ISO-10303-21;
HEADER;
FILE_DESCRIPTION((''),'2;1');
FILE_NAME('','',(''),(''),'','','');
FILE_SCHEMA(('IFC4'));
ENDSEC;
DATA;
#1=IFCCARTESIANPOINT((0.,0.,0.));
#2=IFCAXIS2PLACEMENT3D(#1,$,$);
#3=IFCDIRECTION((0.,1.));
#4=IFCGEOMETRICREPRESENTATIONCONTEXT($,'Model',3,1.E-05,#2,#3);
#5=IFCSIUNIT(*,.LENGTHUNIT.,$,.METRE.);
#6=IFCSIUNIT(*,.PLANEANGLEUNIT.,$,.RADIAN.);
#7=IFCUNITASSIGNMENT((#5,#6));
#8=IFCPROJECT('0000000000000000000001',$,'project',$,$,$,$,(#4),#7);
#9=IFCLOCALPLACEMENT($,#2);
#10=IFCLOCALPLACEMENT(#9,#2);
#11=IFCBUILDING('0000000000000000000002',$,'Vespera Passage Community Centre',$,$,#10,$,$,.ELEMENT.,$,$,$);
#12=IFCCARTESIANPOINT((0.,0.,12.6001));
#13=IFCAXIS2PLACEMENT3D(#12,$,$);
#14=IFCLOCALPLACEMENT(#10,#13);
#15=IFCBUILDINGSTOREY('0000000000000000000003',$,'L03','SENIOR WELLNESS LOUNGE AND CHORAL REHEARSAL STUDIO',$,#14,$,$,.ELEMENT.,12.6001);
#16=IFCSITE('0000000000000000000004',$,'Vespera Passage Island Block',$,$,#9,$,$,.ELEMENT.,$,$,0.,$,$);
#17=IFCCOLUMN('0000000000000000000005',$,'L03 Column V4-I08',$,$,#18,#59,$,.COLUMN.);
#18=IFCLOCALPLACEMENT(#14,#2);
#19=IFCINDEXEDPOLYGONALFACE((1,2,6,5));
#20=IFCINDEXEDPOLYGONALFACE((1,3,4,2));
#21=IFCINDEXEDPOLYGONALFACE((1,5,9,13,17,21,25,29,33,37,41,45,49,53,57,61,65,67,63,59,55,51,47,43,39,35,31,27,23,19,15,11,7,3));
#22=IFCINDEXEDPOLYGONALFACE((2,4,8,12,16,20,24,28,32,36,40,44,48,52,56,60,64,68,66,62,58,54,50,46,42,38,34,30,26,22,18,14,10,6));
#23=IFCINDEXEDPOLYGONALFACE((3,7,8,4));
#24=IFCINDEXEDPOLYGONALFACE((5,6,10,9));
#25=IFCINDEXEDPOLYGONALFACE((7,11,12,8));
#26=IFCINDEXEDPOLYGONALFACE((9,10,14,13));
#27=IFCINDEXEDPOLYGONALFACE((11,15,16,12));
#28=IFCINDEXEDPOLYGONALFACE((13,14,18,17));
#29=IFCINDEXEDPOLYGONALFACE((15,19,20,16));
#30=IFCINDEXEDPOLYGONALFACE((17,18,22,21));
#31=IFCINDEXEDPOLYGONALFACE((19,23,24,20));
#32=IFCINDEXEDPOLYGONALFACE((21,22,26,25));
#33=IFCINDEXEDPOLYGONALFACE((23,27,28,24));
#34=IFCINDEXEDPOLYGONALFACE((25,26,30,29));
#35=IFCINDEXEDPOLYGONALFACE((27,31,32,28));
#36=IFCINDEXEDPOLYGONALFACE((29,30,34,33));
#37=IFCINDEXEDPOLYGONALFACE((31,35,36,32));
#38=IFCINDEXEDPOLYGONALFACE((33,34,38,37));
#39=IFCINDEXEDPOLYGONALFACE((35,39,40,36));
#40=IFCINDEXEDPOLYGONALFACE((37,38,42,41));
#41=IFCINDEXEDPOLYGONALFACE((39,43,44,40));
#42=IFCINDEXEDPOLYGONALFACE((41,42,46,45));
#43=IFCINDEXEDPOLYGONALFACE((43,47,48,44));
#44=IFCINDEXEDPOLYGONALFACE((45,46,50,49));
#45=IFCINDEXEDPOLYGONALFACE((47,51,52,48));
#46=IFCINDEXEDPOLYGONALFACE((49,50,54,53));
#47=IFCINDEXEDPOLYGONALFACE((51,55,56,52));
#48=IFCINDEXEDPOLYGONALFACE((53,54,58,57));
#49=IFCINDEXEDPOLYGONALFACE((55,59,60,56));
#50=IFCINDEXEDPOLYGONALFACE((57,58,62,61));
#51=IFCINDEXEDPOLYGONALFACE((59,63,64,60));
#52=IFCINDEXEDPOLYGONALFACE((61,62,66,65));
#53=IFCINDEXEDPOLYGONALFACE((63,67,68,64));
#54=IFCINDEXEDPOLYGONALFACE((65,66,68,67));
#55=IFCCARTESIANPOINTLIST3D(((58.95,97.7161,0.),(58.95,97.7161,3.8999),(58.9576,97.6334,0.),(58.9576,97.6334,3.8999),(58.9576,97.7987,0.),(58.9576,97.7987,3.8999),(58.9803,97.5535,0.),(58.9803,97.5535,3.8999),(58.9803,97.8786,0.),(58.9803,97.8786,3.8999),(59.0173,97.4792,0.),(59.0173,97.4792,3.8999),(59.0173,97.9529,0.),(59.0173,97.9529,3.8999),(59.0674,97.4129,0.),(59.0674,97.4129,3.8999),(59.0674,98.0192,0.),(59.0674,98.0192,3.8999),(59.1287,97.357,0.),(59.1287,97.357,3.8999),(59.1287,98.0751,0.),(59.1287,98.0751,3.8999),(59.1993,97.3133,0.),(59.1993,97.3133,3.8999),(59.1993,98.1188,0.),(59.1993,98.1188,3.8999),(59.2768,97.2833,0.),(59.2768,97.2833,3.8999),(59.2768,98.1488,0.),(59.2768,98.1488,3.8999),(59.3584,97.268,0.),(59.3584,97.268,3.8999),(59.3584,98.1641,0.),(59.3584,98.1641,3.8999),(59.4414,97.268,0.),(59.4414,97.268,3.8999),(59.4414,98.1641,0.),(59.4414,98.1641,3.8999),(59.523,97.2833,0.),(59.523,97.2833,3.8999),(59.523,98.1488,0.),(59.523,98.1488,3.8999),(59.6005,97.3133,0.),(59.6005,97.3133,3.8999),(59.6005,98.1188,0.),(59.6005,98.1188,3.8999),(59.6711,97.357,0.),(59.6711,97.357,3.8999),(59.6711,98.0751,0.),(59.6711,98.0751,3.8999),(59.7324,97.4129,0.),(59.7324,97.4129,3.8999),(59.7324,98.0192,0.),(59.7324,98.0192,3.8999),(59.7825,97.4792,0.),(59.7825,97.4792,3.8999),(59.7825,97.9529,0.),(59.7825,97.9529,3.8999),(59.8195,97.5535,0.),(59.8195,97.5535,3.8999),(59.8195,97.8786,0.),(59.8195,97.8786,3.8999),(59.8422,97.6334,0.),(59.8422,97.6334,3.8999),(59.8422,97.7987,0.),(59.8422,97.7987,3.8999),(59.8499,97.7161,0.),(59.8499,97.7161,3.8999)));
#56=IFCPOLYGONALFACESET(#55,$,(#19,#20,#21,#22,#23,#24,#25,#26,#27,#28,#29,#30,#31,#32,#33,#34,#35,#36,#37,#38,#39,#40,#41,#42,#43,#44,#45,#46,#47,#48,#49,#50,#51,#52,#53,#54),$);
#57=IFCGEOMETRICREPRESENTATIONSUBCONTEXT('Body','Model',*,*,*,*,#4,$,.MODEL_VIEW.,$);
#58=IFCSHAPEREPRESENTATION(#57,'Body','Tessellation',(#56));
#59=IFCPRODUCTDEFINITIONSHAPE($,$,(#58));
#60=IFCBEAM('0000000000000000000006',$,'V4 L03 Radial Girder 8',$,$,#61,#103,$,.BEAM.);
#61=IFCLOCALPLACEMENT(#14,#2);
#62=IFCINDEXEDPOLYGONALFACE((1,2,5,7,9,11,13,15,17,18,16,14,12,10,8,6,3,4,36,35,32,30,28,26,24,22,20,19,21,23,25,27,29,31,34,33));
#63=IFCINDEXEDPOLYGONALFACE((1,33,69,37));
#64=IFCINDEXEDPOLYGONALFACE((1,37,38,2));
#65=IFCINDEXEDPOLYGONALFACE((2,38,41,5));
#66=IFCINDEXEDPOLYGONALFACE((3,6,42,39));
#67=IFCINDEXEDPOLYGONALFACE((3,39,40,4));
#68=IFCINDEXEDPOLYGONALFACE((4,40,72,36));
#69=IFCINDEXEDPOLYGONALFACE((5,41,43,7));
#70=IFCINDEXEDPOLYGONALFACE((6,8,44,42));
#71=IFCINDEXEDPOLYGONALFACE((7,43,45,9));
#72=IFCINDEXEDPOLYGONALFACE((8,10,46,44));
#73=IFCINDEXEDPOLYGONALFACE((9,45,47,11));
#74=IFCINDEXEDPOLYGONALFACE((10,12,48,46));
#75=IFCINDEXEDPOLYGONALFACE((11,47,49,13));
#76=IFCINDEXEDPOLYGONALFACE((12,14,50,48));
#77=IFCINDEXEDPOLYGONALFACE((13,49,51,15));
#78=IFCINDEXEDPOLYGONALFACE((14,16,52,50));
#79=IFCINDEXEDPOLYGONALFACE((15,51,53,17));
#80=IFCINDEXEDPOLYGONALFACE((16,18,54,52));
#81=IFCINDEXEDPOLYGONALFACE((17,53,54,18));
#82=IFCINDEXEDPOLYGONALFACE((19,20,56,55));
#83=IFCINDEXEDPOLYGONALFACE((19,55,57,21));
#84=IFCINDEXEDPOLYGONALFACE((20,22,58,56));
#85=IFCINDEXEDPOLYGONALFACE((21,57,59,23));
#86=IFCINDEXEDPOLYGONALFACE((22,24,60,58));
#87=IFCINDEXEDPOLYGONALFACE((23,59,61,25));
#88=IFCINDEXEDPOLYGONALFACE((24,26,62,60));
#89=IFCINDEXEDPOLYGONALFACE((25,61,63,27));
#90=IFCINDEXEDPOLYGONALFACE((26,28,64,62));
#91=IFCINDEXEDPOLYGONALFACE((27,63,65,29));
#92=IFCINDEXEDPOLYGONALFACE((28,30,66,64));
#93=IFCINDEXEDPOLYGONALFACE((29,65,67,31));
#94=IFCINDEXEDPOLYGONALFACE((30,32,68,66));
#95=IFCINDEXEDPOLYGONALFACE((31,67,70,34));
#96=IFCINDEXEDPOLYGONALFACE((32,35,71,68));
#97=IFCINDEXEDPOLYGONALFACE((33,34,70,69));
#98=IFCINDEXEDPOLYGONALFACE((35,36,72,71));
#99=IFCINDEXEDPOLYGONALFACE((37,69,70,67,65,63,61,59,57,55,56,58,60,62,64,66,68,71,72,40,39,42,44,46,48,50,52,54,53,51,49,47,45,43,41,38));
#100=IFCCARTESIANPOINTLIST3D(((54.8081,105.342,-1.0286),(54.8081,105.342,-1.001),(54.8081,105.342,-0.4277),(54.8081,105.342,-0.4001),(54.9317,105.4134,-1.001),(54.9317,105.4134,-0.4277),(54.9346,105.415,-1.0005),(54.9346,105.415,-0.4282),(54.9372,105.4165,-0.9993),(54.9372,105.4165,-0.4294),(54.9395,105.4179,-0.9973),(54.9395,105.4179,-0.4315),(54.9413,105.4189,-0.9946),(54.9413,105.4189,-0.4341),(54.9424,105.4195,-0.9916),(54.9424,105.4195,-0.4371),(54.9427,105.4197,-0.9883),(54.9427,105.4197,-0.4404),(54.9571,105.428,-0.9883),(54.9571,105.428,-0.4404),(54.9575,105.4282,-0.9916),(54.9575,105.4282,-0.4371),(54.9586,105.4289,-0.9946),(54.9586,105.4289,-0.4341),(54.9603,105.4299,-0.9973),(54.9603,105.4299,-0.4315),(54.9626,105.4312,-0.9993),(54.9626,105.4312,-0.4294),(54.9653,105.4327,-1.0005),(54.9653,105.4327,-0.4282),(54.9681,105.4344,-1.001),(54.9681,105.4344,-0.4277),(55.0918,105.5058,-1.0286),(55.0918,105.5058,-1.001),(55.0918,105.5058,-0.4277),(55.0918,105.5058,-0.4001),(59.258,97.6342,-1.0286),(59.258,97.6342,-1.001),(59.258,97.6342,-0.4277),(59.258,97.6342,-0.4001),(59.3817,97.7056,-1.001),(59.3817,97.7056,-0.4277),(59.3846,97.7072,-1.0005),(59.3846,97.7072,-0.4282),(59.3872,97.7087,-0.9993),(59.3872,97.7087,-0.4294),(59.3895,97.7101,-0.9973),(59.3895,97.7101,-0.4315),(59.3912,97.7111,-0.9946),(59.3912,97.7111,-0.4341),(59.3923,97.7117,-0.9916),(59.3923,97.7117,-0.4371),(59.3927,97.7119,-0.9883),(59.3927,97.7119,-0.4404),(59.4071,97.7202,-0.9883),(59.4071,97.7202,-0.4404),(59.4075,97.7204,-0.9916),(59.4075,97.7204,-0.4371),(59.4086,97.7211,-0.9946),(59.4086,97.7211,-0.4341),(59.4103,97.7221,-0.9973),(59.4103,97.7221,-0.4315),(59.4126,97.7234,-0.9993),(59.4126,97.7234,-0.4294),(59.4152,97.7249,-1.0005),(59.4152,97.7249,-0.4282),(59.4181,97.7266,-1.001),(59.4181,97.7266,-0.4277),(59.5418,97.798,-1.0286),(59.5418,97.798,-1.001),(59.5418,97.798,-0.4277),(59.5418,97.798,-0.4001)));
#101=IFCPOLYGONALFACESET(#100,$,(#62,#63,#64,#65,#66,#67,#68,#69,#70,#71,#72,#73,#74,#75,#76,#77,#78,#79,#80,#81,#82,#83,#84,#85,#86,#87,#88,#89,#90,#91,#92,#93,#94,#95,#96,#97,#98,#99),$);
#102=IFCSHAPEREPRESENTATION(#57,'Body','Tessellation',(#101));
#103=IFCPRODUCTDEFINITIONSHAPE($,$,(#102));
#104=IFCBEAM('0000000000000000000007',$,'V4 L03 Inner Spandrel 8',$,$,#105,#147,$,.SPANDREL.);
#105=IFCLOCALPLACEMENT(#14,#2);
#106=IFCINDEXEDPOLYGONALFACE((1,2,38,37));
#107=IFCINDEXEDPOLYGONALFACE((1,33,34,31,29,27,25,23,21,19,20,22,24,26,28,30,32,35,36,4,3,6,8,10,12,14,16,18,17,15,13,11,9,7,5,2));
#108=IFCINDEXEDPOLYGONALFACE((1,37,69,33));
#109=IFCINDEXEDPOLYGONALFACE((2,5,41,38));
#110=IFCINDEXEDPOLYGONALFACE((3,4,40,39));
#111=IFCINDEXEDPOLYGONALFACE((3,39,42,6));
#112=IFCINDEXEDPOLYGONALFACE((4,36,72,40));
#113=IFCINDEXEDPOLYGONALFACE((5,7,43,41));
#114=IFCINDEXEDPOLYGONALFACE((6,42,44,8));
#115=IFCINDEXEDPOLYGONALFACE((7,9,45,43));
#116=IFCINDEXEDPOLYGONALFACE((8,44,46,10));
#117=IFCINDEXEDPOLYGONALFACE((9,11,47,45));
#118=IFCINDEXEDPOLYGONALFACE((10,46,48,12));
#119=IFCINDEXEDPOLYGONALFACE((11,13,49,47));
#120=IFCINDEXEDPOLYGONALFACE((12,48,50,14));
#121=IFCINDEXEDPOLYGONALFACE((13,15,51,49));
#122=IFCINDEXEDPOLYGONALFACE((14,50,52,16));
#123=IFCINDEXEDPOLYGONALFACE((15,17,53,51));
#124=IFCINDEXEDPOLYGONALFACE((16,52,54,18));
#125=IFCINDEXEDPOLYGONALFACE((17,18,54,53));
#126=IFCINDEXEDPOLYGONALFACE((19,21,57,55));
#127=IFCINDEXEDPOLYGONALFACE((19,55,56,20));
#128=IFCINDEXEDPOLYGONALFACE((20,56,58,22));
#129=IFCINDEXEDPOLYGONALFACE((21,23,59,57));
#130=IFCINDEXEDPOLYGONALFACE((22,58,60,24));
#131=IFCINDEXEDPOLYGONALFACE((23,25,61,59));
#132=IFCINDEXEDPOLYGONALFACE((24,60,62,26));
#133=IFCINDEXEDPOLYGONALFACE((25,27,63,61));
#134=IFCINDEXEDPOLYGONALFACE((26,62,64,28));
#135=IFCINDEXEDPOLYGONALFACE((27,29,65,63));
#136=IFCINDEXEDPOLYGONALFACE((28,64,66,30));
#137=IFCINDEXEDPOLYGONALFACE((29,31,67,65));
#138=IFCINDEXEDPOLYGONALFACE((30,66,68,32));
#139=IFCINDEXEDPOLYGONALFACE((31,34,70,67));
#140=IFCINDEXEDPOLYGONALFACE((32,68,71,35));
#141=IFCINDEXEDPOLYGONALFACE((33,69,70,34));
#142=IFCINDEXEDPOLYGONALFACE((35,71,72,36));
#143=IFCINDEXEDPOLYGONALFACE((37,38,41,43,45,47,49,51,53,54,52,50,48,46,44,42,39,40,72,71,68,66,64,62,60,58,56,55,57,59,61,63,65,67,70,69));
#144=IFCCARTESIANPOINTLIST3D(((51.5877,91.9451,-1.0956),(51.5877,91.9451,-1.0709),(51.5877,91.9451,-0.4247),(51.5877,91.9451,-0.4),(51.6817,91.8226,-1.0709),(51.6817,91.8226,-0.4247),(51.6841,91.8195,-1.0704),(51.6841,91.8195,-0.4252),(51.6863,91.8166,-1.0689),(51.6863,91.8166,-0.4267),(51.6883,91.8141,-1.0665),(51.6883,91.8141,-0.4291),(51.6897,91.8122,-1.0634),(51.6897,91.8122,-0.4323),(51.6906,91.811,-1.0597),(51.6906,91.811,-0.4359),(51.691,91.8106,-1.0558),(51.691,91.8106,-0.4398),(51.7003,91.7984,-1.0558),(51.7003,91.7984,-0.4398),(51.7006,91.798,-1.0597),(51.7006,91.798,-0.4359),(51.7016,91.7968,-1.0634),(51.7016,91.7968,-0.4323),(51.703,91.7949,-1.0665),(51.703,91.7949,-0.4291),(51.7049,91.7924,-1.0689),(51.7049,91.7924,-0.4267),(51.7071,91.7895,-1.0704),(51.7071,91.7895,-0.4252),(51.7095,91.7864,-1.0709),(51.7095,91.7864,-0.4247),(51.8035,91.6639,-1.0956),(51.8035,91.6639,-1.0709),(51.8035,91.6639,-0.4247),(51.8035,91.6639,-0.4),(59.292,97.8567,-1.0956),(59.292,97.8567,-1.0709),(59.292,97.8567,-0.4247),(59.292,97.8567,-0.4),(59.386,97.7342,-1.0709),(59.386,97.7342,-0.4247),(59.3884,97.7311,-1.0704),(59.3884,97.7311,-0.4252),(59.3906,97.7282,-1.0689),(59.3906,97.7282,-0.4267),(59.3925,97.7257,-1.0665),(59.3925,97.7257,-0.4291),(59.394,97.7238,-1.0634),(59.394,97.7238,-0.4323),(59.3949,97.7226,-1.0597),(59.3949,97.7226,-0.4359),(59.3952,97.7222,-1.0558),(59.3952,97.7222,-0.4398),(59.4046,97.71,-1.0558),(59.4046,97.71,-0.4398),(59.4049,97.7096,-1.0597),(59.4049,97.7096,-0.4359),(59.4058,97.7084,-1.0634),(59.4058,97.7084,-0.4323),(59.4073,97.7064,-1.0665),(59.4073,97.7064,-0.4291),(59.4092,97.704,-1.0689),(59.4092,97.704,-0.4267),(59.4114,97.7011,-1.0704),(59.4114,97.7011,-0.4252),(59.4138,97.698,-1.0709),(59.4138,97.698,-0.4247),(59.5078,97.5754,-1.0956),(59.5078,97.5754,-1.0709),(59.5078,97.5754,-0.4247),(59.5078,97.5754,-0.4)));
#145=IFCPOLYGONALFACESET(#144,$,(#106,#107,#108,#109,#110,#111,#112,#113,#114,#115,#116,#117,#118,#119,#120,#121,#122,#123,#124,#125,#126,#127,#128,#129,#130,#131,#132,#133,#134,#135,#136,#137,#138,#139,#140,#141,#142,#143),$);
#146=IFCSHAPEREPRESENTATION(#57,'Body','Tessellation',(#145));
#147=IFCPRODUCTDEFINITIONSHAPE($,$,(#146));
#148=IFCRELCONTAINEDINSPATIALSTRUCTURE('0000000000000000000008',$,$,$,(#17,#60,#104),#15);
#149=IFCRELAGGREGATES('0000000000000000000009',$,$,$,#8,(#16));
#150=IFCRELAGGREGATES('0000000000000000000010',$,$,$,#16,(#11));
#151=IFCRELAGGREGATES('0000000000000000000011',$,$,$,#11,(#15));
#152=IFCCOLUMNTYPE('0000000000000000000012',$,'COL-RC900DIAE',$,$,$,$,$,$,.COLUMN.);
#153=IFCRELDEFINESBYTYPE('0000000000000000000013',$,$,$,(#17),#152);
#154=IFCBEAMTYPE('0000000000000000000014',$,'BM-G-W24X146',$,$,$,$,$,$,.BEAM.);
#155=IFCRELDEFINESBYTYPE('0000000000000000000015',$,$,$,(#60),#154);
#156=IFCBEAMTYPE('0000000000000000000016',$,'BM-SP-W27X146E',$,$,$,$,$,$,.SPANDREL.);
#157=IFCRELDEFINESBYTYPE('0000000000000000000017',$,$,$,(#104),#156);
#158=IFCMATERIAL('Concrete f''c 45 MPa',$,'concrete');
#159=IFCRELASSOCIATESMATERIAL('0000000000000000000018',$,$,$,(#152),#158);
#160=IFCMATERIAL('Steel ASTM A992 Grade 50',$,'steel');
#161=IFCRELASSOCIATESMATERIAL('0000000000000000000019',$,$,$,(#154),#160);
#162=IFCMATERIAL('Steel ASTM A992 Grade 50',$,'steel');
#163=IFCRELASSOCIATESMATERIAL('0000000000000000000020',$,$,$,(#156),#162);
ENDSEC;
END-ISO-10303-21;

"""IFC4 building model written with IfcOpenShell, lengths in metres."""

from ifc_helpers import new_model, si_unit, direction, frame, origin, origin_2d, place, context, subcontext, project, spatial, circle, i_section, extrude, material, material_profile, profile_set, type_object, element, save


model = new_model("IFC4")

# Units and contexts
model_context = context("Model", 3, precision=1e-05, world=origin(), true_north=direction((0.0, 1.0)))
body_context = subcontext(model_context, "Body", "Model", "MODEL_VIEW")
ifc_project = project(units=[si_unit("LENGTHUNIT", "METRE"), si_unit("PLANEANGLEUNIT", "RADIAN")], contexts=[model_context])

# Site, building, storey
site_placement = place(None, origin())
site = spatial("IfcSite", under=ifc_project, at=site_placement, Name="Vespera Passage Island Block", CompositionType="ELEMENT", RefElevation=0.0)
building_placement = place(site_placement, origin())
building = spatial("IfcBuilding", under=site, at=building_placement, Name="Vespera Passage Community Centre", CompositionType="ELEMENT")
storey_placement = place(building_placement, frame((0.0, 0.0, 12.6001)))
storey = spatial("IfcBuildingStorey", under=building, at=storey_placement, Name="L03", Description="SENIOR WELLNESS LOUNGE AND CHORAL REHEARSAL STUDIO", CompositionType="ELEMENT", Elevation=12.6001)

# Column
ifc_material_1 = material(Name="Concrete f'c 45 MPa", Category="concrete")
ifc_material_profile_1 = material_profile(ifc_material_1, circle(Radius=0.45, at=origin_2d()), Name="RC900DIA")
ifc_profile_set_1 = profile_set([ifc_material_profile_1], Name="Concrete f'c 45 MPa")
column_type = type_object("IfcColumnType", Name="COL-RC900DIAE", PredefinedType="COLUMN", material=ifc_profile_set_1)
column_placement = place(storey_placement, frame((59.3999, 97.7161, 0.0), z_axis=(0.0, 0.0, 1.0), x_axis=(1.0, 0.0, 0.0)))
element("IfcColumn", 1, at=column_placement, inside=storey, type_object=column_type, Name="L03 Column V4-I08", PredefinedType="COLUMN", context=body_context, shape_type="SweptSolid", body=[
    extrude(circle(Radius=0.45, at=origin_2d()), origin(), (0.0, 0.0, 1.0), 3.8999),
])

# Beams
ifc_material_2 = material(Name="Steel ASTM A992 Grade 50", Category="steel")
ifc_material_profile_2 = material_profile(ifc_material_2, i_section(OverallWidth=0.3276, OverallDepth=0.6284, WebThickness=0.0166, FlangeThickness=0.0276, FilletRadius=0.0127, at=origin_2d()), Name="W24X146")
ifc_profile_set_2 = profile_set([ifc_material_profile_2], Name="Steel ASTM A992 Grade 50")
beam_type_1 = type_object("IfcBeamType", Name="BM-G-W24X146", PredefinedType="BEAM", material=ifc_profile_set_2)
beam_1_placement = place(storey_placement, frame((59.3999, 97.7161, -0.7144), z_axis=(-0.499989, 0.866032, 0.0), x_axis=(-0.866032, -0.499989, 0.0)))
element("IfcBeam", 2, at=beam_1_placement, inside=storey, type_object=beam_type_1, Name="V4 L03 Radial Girder 8", PredefinedType="BEAM", context=body_context, shape_type="SweptSolid", body=[
    extrude(i_section(OverallWidth=0.3276, OverallDepth=0.6284, WebThickness=0.0166, FlangeThickness=0.0276, FilletRadius=0.0127, at=origin_2d()), origin(), (0.0, 0.0, 1.0), 8.9001),
])
ifc_material_3 = material(Name="Steel ASTM A992 Grade 50", Category="steel")
ifc_material_profile_3 = material_profile(ifc_material_3, i_section(OverallWidth=0.3545, OverallDepth=0.6956, WebThickness=0.0154, FlangeThickness=0.0247, FilletRadius=0.0151, at=origin_2d()), Name="W27X146")
ifc_profile_set_3 = profile_set([ifc_material_profile_3], Name="Steel ASTM A992 Grade 50")
beam_type_2 = type_object("IfcBeamType", Name="BM-SP-W27X146E", PredefinedType="SPANDREL", material=ifc_profile_set_3)
beam_2_placement = place(storey_placement, frame((59.3999, 97.7161, -0.7478), z_axis=(-0.79336, -0.608753, 0.0), x_axis=(0.608753, -0.79336, 0.0)))
element("IfcBeam", 3, at=beam_2_placement, inside=storey, type_object=beam_type_2, Name="V4 L03 Inner Spandrel 8", PredefinedType="SPANDREL", context=body_context, shape_type="SweptSolid", body=[
    extrude(i_section(OverallWidth=0.3545, OverallDepth=0.6956, WebThickness=0.0154, FlangeThickness=0.0247, FilletRadius=0.0151, at=origin_2d()), origin(), (0.0, 0.0, 1.0), 9.7109),
])

save(model, "model.ifc")
